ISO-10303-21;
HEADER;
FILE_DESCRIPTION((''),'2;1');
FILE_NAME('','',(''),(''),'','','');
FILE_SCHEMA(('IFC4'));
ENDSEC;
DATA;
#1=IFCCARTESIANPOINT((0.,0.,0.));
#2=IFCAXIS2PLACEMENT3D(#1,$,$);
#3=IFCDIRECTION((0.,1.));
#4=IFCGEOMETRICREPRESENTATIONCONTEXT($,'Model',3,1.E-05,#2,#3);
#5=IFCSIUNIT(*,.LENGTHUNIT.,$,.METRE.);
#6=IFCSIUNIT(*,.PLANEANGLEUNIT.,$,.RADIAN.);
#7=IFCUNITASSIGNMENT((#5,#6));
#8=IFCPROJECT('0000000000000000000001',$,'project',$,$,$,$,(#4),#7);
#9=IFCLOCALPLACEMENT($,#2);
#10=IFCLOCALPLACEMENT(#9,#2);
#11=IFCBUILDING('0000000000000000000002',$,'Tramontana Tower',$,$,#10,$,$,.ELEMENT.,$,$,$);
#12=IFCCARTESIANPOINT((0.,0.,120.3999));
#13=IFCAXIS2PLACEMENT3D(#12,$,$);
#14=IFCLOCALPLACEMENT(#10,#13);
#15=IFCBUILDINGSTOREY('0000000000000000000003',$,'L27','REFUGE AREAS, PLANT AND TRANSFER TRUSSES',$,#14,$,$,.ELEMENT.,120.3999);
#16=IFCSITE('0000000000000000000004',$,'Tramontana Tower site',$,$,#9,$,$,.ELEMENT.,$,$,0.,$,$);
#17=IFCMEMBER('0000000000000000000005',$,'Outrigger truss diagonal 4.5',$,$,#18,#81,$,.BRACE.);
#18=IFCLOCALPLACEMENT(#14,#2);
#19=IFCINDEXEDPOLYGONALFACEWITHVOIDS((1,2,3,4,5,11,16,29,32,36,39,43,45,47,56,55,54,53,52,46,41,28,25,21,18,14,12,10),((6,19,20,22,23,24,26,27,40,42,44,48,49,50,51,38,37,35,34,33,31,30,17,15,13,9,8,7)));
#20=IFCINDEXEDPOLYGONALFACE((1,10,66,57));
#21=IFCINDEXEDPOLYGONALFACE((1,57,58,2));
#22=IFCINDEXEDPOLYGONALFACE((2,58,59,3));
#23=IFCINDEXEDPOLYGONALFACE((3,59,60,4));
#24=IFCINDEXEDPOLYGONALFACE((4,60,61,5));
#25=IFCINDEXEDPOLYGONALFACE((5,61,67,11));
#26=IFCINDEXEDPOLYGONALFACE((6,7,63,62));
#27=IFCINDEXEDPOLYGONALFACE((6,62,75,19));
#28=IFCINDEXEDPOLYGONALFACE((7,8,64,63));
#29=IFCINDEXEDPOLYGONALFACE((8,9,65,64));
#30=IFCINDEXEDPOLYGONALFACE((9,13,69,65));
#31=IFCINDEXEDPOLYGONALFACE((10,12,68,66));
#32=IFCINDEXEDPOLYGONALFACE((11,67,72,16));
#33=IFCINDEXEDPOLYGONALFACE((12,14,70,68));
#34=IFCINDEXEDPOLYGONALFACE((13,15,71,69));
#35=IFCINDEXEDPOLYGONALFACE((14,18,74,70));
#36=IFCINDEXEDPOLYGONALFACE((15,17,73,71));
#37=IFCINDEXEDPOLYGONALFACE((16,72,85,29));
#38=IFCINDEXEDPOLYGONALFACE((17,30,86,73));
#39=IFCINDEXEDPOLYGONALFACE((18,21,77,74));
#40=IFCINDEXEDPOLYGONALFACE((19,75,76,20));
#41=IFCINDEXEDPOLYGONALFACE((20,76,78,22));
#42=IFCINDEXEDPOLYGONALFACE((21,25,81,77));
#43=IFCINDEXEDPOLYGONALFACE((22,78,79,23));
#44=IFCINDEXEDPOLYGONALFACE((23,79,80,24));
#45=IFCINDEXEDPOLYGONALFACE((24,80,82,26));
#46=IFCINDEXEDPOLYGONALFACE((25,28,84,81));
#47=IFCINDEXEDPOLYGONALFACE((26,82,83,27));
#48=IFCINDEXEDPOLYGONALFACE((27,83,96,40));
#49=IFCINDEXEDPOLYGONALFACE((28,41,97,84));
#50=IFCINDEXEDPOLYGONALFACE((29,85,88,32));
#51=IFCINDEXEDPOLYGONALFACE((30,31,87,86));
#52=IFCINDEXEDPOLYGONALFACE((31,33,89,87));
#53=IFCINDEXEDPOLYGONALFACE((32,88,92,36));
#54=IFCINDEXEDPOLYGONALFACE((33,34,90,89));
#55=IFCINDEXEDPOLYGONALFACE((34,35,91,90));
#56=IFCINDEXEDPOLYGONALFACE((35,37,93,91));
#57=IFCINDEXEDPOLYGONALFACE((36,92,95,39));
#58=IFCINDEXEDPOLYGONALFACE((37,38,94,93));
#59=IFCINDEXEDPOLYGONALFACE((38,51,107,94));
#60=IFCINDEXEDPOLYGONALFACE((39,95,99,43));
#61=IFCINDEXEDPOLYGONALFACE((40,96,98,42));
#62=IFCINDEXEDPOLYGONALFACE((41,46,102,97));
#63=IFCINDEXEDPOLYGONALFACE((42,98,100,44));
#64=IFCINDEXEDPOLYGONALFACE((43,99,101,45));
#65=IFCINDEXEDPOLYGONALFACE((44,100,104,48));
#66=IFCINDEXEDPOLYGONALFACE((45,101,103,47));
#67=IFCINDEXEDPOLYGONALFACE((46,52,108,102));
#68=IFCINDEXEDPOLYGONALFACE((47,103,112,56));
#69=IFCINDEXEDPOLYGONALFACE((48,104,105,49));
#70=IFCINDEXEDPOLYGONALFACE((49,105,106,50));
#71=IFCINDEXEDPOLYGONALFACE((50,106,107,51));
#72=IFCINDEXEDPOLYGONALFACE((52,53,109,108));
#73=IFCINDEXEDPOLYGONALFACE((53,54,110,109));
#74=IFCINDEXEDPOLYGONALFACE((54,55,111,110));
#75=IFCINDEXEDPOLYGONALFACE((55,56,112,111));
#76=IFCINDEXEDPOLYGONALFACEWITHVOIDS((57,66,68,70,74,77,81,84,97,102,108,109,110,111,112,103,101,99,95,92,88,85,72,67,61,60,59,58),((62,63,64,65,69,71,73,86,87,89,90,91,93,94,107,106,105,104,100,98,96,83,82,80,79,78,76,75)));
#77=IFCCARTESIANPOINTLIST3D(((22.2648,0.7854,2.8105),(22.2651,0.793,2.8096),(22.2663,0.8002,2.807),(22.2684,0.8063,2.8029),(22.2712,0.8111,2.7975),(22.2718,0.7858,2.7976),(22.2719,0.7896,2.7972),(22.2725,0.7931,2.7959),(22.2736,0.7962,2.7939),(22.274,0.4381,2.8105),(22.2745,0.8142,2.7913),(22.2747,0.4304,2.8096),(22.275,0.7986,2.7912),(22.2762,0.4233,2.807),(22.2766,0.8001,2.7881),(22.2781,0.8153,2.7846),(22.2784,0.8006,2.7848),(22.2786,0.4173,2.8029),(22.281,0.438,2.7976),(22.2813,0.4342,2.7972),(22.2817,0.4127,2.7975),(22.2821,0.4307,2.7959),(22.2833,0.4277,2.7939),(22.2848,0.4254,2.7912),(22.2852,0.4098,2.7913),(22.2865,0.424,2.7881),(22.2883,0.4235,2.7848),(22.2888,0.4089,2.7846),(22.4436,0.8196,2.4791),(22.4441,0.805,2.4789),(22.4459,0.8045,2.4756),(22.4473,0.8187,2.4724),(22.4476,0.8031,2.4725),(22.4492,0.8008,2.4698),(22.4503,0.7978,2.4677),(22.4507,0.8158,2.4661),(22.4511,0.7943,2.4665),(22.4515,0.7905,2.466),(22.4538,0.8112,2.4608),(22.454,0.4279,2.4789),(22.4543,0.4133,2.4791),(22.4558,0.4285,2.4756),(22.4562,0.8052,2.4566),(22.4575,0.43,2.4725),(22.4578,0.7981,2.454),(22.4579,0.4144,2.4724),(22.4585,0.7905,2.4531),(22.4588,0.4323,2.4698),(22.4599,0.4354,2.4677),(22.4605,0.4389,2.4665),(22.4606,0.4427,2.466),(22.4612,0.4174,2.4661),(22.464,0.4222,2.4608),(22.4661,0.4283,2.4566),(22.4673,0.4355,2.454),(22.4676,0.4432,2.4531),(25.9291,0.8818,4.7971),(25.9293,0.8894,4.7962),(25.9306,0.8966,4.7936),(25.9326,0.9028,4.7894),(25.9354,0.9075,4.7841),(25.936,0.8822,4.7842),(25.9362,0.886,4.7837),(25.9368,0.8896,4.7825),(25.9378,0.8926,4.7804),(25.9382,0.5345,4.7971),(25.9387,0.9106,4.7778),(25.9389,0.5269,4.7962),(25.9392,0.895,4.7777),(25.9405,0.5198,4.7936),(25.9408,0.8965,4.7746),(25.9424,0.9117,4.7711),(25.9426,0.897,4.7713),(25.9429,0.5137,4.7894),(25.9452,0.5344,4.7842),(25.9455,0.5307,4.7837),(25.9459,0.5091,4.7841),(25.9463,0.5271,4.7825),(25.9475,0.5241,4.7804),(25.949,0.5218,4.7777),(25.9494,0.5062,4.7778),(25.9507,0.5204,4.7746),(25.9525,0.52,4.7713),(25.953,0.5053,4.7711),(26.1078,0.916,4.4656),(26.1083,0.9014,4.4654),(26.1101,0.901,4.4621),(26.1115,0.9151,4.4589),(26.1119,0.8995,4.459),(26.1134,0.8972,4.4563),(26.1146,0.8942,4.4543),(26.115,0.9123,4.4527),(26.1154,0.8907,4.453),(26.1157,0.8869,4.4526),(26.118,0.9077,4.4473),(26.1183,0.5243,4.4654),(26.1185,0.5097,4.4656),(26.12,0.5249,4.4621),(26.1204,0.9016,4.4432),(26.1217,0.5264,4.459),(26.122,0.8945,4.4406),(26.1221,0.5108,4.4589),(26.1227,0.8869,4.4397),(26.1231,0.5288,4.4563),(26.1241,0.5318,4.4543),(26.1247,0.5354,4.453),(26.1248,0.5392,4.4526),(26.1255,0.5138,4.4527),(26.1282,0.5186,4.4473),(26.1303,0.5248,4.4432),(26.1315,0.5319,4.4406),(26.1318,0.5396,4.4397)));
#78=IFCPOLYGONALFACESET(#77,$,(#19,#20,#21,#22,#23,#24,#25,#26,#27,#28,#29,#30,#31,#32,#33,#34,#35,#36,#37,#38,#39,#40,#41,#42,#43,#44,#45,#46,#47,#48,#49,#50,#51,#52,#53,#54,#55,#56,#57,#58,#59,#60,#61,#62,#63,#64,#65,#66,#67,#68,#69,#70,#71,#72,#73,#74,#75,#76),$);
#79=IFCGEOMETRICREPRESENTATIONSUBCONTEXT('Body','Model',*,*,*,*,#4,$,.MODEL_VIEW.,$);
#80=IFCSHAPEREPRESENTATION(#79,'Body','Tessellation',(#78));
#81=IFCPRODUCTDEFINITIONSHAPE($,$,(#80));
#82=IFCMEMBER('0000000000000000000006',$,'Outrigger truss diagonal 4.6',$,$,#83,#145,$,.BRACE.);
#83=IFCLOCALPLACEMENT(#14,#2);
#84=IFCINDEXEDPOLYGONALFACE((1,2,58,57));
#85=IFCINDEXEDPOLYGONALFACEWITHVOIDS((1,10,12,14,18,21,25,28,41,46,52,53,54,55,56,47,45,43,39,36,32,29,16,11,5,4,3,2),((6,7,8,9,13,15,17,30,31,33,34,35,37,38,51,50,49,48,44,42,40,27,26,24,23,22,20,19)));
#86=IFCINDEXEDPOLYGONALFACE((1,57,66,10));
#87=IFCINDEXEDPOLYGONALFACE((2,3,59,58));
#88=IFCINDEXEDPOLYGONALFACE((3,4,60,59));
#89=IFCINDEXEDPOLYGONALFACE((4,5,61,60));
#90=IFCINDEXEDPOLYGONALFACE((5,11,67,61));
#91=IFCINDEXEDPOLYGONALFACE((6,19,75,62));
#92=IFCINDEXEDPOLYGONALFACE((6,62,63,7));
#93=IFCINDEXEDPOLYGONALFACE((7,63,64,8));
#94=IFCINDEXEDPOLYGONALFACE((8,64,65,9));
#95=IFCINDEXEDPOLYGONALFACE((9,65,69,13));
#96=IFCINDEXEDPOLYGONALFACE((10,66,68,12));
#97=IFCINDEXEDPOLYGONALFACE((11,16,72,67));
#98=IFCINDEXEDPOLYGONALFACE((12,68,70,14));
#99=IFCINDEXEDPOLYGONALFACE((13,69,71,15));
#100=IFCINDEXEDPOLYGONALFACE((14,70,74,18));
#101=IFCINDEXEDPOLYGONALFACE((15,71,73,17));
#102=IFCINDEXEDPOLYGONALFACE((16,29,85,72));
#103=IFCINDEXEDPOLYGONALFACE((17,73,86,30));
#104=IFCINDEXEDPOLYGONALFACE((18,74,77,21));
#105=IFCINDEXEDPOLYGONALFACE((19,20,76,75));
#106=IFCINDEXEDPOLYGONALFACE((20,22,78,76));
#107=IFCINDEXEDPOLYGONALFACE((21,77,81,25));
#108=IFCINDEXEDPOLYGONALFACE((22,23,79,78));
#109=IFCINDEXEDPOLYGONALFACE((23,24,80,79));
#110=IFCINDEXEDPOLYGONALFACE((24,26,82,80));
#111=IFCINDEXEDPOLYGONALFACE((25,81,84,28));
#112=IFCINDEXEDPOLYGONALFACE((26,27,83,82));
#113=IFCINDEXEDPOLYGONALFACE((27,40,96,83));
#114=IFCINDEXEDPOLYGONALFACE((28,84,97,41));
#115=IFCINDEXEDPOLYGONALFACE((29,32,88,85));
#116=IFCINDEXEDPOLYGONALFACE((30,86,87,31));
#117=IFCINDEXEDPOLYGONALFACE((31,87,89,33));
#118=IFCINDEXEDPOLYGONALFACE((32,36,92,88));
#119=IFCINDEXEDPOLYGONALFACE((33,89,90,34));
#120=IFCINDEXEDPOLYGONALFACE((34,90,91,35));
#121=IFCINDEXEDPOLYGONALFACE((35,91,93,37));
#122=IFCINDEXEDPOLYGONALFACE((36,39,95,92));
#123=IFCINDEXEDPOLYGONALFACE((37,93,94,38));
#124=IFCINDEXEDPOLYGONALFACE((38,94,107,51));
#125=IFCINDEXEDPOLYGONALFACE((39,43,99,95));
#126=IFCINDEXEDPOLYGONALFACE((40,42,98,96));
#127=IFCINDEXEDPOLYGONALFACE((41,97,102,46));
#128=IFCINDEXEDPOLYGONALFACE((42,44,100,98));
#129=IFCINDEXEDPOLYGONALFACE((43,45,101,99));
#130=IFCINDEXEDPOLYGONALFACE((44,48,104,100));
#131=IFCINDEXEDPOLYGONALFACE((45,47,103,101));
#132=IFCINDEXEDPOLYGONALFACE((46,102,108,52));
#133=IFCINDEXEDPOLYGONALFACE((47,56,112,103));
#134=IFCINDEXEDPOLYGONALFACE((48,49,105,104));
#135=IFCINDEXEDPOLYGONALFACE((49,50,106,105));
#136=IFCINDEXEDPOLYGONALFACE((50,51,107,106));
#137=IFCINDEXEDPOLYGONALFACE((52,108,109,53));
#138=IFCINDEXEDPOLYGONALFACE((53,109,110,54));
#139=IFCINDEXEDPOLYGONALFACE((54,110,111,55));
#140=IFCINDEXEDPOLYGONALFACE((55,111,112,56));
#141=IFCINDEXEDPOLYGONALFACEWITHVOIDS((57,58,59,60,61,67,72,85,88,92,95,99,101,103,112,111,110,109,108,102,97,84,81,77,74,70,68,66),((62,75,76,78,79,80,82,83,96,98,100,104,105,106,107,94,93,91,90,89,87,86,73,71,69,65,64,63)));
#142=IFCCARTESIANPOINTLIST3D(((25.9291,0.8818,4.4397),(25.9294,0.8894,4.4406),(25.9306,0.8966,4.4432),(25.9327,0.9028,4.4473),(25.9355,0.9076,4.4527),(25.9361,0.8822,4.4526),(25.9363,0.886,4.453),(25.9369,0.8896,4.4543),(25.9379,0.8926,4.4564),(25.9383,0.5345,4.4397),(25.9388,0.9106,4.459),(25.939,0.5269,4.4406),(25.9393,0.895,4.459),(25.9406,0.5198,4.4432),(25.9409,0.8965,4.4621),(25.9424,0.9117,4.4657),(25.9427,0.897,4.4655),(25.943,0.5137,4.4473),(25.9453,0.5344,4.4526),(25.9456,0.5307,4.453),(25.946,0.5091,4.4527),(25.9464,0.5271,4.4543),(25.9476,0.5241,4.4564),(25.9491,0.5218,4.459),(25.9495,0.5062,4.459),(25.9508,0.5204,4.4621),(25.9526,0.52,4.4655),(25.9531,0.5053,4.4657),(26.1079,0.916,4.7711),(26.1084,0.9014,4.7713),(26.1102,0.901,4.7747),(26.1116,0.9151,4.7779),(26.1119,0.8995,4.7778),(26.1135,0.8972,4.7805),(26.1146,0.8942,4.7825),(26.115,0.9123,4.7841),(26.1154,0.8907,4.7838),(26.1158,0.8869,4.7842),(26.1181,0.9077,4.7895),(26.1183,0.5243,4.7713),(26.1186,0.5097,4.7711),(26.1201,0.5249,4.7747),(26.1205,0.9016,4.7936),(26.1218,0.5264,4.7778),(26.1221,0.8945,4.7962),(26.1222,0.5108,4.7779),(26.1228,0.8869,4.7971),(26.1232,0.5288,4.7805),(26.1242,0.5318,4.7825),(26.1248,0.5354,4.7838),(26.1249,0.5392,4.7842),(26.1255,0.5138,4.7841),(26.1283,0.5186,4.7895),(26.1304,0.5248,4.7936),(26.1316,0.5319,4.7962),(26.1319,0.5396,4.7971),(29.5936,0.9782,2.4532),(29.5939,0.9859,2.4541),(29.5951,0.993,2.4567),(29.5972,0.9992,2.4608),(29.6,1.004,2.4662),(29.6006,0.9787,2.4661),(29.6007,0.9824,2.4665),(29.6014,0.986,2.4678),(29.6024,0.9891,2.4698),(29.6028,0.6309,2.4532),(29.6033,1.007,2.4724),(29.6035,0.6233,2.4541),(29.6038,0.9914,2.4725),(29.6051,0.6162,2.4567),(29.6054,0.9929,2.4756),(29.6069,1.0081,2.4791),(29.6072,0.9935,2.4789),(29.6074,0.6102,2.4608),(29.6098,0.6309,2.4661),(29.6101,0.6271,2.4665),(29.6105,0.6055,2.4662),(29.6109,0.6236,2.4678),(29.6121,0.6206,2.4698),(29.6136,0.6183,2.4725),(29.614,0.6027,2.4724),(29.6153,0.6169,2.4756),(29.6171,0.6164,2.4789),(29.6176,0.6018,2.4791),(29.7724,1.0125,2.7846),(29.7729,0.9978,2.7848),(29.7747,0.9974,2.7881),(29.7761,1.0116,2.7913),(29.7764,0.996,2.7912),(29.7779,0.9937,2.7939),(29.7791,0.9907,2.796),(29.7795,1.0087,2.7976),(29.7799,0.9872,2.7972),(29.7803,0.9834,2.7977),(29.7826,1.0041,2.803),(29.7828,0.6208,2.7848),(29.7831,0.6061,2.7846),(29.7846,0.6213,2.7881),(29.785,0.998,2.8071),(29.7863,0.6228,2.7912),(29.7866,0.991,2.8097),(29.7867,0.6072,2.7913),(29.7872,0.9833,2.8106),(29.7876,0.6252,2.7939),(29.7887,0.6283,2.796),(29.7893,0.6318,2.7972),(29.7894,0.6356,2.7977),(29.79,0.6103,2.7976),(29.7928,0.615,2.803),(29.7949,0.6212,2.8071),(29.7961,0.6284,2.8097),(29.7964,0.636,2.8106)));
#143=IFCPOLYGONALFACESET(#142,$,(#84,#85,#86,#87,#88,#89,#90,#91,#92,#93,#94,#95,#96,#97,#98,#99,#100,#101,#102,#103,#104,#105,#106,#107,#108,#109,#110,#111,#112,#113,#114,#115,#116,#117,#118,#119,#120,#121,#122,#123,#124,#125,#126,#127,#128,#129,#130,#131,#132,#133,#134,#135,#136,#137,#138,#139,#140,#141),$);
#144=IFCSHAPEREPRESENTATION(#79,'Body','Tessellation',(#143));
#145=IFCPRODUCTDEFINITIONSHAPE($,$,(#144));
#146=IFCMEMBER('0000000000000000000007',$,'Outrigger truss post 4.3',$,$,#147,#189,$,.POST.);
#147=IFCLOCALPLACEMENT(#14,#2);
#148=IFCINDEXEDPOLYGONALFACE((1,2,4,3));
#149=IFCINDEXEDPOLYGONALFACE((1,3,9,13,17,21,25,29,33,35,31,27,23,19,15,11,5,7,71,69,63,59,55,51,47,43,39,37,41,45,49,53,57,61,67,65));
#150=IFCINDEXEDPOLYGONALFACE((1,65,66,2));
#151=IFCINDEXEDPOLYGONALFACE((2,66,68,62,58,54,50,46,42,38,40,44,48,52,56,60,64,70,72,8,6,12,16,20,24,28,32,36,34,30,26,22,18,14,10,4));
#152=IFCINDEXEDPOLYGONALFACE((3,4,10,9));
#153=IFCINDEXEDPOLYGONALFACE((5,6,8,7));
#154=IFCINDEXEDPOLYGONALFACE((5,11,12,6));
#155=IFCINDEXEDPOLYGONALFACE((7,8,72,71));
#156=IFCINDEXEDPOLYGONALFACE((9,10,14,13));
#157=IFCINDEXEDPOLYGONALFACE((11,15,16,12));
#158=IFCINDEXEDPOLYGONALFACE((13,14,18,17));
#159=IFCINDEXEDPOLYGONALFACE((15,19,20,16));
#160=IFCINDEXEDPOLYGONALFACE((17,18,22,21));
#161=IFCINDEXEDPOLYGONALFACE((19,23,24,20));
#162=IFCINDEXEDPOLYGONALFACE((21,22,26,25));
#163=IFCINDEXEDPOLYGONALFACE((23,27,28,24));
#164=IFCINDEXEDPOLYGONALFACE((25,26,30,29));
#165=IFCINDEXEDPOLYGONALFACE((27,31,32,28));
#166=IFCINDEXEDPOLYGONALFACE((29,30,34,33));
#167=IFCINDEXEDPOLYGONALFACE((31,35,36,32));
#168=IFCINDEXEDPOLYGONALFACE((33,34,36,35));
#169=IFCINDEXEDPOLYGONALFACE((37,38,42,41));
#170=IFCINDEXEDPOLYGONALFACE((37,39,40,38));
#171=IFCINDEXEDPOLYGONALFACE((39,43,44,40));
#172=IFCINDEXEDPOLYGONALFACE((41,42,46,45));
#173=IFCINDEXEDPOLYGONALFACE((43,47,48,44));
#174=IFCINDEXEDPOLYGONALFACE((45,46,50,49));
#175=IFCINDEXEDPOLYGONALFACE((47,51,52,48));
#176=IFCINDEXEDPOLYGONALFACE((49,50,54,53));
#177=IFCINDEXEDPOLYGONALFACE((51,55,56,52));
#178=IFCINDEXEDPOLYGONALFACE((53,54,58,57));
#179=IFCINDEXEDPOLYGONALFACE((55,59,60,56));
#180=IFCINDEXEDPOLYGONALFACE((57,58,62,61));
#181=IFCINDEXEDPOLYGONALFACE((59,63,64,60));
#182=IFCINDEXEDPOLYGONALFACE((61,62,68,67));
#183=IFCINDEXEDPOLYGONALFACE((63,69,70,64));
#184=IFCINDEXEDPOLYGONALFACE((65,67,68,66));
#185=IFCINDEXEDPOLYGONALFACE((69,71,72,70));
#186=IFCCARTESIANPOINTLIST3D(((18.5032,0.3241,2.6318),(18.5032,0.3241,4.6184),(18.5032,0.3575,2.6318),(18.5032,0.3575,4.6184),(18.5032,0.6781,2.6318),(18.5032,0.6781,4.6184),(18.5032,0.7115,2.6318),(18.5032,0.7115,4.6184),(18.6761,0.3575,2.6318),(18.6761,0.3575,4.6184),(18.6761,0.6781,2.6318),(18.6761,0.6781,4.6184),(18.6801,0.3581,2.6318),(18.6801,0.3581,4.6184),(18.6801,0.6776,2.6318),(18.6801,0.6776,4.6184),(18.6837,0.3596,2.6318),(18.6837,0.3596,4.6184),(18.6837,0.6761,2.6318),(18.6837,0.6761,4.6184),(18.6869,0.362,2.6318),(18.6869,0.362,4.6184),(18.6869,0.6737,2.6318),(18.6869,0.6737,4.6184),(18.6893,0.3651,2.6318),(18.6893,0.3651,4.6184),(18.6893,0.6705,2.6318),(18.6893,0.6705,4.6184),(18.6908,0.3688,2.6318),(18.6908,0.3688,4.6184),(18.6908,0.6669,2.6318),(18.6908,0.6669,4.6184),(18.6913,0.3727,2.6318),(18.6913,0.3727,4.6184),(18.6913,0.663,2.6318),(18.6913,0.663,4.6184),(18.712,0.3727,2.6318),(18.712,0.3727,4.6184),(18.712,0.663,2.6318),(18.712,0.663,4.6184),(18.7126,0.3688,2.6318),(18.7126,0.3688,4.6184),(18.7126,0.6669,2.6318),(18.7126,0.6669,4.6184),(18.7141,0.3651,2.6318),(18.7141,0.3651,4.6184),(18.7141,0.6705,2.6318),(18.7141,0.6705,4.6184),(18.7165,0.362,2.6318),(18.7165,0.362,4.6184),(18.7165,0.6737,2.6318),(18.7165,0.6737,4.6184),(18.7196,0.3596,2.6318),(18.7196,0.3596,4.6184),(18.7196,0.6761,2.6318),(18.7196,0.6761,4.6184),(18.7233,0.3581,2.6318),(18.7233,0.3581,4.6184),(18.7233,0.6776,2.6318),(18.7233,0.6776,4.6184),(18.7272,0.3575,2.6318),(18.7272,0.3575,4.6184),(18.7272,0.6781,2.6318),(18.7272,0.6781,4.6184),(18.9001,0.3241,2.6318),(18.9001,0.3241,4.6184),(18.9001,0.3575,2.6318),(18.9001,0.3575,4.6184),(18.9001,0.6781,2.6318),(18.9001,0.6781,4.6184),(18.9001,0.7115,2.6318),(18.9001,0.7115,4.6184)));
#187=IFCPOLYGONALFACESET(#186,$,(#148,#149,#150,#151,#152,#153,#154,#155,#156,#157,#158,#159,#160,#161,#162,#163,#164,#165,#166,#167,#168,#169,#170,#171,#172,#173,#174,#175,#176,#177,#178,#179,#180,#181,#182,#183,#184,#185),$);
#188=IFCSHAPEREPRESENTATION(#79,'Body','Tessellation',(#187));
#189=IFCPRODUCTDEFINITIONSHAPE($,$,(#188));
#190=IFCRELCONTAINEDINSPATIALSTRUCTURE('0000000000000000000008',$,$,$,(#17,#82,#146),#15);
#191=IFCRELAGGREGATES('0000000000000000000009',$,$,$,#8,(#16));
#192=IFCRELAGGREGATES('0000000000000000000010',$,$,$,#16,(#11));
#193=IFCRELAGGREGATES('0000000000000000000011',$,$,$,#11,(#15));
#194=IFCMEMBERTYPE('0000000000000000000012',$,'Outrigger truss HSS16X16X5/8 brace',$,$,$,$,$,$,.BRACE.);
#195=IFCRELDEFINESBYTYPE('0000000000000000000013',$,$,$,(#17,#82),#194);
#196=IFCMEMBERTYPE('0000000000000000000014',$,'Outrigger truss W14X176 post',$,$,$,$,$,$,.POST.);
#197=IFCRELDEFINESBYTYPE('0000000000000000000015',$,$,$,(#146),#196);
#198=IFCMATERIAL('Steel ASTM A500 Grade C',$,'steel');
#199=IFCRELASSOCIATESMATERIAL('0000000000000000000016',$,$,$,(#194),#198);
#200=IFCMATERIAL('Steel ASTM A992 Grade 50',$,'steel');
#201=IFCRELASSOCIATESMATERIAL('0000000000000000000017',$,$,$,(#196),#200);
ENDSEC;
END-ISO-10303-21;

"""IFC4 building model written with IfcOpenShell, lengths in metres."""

from ifc_helpers import new_model, si_unit, direction, frame, origin, origin_2d, place, context, subcontext, project, spatial, hollow_rectangle, i_section, extrude, material, material_profile, profile_set, type_object, element, save


model = new_model("IFC4")

# Units and contexts
model_context = context("Model", 3, precision=1e-05, world=origin(), true_north=direction((0.0, 1.0)))
body_context = subcontext(model_context, "Body", "Model", "MODEL_VIEW")
ifc_project = project(units=[si_unit("LENGTHUNIT", "METRE"), si_unit("PLANEANGLEUNIT", "RADIAN")], contexts=[model_context])

# Site, building, storey
site_placement = place(None, origin())
site = spatial("IfcSite", under=ifc_project, at=site_placement, Name="Tramontana Tower site", CompositionType="ELEMENT", RefElevation=0.0)
building_placement = place(site_placement, origin())
building = spatial("IfcBuilding", under=site, at=building_placement, Name="Tramontana Tower", CompositionType="ELEMENT")
storey_placement = place(building_placement, frame((0.0, 0.0, 120.3999)))
storey = spatial("IfcBuildingStorey", under=building, at=storey_placement, Name="L27", Description="REFUGE AREAS, PLANT AND TRANSFER TRUSSES", CompositionType="ELEMENT", Elevation=120.3999)

# Members
ifc_material_1 = material(Name="Steel ASTM A500 Grade C", Category="steel")
ifc_material_profile_1 = material_profile(ifc_material_1, hollow_rectangle(XDim=0.4065, YDim=0.4065, WallThickness=0.0146, InnerFilletRadius=0.0146, OuterFilletRadius=0.0295, at=origin_2d()), Name="HSS16X16X5/8")
ifc_profile_set_1 = profile_set([ifc_material_profile_1], Name="Steel ASTM A500 Grade C")
member_type_1 = type_object("IfcMemberType", Name="Outrigger truss HSS16X16X5/8 brace", PredefinedType="BRACE", material=ifc_profile_set_1)
member_1_placement = place(storey_placement, frame((22.3662, 0.6143, 2.6318), z_axis=(0.878882, 0.02313, 0.476478), x_axis=(-0.026308, 0.999654, 0.0)))
element("IfcMember", 1, at=member_1_placement, inside=storey, type_object=member_type_1, Name="Outrigger truss diagonal 4.5", PredefinedType="BRACE", context=body_context, shape_type="SweptSolid", body=[
    extrude(hollow_rectangle(XDim=0.4065, YDim=0.4065, WallThickness=0.0146, InnerFilletRadius=0.0146, OuterFilletRadius=0.0295, at=origin_2d()), origin(), (0.0, 0.0, 1.0), 4.1692),
])
member_2_placement = place(storey_placement, frame((26.0305, 0.7107, 4.6184), z_axis=(0.878895, 0.023129, -0.476454), x_axis=(-0.026307, 0.999654, 0.0)))
element("IfcMember", 2, at=member_2_placement, inside=storey, type_object=member_type_1, Name="Outrigger truss diagonal 4.6", PredefinedType="BRACE", context=body_context, shape_type="SweptSolid", body=[
    extrude(hollow_rectangle(XDim=0.4065, YDim=0.4065, WallThickness=0.0146, InnerFilletRadius=0.0146, OuterFilletRadius=0.0295, at=origin_2d()), origin(), (0.0, 0.0, 1.0), 4.1694),
])
ifc_material_2 = material(Name="Steel ASTM A992 Grade 50", Category="steel")
ifc_material_profile_2 = material_profile(ifc_material_2, i_section(OverallWidth=0.397, OverallDepth=0.3875, WebThickness=0.0208, FlangeThickness=0.0334, FilletRadius=0.0151, at=origin_2d()), Name="W14X176")
ifc_profile_set_2 = profile_set([ifc_material_profile_2], Name="Steel ASTM A992 Grade 50")
member_type_2 = type_object("IfcMemberType", Name="Outrigger truss W14X176 post", PredefinedType="POST", material=ifc_profile_set_2)
for number, where, z_axis, x_axis, name in (
    (3, (18.7017, 0.5178, 2.6318), (0.0, 0.0, 1.0), (1.0, 0.0, 0.0), "Outrigger truss post 4.3"),
):
    element("IfcMember", number, at=place(storey_placement, frame(where, z_axis=z_axis, x_axis=x_axis)), inside=storey, type_object=member_type_2, Name=name, PredefinedType="POST", context=body_context, shape_type="SweptSolid", body=[
        extrude(i_section(OverallWidth=0.397, OverallDepth=0.3875, WebThickness=0.0208, FlangeThickness=0.0334, FilletRadius=0.0151, at=origin_2d()), origin(), (0.0, 0.0, 1.0), 1.9866),
    ])

save(model, "model.ifc")
